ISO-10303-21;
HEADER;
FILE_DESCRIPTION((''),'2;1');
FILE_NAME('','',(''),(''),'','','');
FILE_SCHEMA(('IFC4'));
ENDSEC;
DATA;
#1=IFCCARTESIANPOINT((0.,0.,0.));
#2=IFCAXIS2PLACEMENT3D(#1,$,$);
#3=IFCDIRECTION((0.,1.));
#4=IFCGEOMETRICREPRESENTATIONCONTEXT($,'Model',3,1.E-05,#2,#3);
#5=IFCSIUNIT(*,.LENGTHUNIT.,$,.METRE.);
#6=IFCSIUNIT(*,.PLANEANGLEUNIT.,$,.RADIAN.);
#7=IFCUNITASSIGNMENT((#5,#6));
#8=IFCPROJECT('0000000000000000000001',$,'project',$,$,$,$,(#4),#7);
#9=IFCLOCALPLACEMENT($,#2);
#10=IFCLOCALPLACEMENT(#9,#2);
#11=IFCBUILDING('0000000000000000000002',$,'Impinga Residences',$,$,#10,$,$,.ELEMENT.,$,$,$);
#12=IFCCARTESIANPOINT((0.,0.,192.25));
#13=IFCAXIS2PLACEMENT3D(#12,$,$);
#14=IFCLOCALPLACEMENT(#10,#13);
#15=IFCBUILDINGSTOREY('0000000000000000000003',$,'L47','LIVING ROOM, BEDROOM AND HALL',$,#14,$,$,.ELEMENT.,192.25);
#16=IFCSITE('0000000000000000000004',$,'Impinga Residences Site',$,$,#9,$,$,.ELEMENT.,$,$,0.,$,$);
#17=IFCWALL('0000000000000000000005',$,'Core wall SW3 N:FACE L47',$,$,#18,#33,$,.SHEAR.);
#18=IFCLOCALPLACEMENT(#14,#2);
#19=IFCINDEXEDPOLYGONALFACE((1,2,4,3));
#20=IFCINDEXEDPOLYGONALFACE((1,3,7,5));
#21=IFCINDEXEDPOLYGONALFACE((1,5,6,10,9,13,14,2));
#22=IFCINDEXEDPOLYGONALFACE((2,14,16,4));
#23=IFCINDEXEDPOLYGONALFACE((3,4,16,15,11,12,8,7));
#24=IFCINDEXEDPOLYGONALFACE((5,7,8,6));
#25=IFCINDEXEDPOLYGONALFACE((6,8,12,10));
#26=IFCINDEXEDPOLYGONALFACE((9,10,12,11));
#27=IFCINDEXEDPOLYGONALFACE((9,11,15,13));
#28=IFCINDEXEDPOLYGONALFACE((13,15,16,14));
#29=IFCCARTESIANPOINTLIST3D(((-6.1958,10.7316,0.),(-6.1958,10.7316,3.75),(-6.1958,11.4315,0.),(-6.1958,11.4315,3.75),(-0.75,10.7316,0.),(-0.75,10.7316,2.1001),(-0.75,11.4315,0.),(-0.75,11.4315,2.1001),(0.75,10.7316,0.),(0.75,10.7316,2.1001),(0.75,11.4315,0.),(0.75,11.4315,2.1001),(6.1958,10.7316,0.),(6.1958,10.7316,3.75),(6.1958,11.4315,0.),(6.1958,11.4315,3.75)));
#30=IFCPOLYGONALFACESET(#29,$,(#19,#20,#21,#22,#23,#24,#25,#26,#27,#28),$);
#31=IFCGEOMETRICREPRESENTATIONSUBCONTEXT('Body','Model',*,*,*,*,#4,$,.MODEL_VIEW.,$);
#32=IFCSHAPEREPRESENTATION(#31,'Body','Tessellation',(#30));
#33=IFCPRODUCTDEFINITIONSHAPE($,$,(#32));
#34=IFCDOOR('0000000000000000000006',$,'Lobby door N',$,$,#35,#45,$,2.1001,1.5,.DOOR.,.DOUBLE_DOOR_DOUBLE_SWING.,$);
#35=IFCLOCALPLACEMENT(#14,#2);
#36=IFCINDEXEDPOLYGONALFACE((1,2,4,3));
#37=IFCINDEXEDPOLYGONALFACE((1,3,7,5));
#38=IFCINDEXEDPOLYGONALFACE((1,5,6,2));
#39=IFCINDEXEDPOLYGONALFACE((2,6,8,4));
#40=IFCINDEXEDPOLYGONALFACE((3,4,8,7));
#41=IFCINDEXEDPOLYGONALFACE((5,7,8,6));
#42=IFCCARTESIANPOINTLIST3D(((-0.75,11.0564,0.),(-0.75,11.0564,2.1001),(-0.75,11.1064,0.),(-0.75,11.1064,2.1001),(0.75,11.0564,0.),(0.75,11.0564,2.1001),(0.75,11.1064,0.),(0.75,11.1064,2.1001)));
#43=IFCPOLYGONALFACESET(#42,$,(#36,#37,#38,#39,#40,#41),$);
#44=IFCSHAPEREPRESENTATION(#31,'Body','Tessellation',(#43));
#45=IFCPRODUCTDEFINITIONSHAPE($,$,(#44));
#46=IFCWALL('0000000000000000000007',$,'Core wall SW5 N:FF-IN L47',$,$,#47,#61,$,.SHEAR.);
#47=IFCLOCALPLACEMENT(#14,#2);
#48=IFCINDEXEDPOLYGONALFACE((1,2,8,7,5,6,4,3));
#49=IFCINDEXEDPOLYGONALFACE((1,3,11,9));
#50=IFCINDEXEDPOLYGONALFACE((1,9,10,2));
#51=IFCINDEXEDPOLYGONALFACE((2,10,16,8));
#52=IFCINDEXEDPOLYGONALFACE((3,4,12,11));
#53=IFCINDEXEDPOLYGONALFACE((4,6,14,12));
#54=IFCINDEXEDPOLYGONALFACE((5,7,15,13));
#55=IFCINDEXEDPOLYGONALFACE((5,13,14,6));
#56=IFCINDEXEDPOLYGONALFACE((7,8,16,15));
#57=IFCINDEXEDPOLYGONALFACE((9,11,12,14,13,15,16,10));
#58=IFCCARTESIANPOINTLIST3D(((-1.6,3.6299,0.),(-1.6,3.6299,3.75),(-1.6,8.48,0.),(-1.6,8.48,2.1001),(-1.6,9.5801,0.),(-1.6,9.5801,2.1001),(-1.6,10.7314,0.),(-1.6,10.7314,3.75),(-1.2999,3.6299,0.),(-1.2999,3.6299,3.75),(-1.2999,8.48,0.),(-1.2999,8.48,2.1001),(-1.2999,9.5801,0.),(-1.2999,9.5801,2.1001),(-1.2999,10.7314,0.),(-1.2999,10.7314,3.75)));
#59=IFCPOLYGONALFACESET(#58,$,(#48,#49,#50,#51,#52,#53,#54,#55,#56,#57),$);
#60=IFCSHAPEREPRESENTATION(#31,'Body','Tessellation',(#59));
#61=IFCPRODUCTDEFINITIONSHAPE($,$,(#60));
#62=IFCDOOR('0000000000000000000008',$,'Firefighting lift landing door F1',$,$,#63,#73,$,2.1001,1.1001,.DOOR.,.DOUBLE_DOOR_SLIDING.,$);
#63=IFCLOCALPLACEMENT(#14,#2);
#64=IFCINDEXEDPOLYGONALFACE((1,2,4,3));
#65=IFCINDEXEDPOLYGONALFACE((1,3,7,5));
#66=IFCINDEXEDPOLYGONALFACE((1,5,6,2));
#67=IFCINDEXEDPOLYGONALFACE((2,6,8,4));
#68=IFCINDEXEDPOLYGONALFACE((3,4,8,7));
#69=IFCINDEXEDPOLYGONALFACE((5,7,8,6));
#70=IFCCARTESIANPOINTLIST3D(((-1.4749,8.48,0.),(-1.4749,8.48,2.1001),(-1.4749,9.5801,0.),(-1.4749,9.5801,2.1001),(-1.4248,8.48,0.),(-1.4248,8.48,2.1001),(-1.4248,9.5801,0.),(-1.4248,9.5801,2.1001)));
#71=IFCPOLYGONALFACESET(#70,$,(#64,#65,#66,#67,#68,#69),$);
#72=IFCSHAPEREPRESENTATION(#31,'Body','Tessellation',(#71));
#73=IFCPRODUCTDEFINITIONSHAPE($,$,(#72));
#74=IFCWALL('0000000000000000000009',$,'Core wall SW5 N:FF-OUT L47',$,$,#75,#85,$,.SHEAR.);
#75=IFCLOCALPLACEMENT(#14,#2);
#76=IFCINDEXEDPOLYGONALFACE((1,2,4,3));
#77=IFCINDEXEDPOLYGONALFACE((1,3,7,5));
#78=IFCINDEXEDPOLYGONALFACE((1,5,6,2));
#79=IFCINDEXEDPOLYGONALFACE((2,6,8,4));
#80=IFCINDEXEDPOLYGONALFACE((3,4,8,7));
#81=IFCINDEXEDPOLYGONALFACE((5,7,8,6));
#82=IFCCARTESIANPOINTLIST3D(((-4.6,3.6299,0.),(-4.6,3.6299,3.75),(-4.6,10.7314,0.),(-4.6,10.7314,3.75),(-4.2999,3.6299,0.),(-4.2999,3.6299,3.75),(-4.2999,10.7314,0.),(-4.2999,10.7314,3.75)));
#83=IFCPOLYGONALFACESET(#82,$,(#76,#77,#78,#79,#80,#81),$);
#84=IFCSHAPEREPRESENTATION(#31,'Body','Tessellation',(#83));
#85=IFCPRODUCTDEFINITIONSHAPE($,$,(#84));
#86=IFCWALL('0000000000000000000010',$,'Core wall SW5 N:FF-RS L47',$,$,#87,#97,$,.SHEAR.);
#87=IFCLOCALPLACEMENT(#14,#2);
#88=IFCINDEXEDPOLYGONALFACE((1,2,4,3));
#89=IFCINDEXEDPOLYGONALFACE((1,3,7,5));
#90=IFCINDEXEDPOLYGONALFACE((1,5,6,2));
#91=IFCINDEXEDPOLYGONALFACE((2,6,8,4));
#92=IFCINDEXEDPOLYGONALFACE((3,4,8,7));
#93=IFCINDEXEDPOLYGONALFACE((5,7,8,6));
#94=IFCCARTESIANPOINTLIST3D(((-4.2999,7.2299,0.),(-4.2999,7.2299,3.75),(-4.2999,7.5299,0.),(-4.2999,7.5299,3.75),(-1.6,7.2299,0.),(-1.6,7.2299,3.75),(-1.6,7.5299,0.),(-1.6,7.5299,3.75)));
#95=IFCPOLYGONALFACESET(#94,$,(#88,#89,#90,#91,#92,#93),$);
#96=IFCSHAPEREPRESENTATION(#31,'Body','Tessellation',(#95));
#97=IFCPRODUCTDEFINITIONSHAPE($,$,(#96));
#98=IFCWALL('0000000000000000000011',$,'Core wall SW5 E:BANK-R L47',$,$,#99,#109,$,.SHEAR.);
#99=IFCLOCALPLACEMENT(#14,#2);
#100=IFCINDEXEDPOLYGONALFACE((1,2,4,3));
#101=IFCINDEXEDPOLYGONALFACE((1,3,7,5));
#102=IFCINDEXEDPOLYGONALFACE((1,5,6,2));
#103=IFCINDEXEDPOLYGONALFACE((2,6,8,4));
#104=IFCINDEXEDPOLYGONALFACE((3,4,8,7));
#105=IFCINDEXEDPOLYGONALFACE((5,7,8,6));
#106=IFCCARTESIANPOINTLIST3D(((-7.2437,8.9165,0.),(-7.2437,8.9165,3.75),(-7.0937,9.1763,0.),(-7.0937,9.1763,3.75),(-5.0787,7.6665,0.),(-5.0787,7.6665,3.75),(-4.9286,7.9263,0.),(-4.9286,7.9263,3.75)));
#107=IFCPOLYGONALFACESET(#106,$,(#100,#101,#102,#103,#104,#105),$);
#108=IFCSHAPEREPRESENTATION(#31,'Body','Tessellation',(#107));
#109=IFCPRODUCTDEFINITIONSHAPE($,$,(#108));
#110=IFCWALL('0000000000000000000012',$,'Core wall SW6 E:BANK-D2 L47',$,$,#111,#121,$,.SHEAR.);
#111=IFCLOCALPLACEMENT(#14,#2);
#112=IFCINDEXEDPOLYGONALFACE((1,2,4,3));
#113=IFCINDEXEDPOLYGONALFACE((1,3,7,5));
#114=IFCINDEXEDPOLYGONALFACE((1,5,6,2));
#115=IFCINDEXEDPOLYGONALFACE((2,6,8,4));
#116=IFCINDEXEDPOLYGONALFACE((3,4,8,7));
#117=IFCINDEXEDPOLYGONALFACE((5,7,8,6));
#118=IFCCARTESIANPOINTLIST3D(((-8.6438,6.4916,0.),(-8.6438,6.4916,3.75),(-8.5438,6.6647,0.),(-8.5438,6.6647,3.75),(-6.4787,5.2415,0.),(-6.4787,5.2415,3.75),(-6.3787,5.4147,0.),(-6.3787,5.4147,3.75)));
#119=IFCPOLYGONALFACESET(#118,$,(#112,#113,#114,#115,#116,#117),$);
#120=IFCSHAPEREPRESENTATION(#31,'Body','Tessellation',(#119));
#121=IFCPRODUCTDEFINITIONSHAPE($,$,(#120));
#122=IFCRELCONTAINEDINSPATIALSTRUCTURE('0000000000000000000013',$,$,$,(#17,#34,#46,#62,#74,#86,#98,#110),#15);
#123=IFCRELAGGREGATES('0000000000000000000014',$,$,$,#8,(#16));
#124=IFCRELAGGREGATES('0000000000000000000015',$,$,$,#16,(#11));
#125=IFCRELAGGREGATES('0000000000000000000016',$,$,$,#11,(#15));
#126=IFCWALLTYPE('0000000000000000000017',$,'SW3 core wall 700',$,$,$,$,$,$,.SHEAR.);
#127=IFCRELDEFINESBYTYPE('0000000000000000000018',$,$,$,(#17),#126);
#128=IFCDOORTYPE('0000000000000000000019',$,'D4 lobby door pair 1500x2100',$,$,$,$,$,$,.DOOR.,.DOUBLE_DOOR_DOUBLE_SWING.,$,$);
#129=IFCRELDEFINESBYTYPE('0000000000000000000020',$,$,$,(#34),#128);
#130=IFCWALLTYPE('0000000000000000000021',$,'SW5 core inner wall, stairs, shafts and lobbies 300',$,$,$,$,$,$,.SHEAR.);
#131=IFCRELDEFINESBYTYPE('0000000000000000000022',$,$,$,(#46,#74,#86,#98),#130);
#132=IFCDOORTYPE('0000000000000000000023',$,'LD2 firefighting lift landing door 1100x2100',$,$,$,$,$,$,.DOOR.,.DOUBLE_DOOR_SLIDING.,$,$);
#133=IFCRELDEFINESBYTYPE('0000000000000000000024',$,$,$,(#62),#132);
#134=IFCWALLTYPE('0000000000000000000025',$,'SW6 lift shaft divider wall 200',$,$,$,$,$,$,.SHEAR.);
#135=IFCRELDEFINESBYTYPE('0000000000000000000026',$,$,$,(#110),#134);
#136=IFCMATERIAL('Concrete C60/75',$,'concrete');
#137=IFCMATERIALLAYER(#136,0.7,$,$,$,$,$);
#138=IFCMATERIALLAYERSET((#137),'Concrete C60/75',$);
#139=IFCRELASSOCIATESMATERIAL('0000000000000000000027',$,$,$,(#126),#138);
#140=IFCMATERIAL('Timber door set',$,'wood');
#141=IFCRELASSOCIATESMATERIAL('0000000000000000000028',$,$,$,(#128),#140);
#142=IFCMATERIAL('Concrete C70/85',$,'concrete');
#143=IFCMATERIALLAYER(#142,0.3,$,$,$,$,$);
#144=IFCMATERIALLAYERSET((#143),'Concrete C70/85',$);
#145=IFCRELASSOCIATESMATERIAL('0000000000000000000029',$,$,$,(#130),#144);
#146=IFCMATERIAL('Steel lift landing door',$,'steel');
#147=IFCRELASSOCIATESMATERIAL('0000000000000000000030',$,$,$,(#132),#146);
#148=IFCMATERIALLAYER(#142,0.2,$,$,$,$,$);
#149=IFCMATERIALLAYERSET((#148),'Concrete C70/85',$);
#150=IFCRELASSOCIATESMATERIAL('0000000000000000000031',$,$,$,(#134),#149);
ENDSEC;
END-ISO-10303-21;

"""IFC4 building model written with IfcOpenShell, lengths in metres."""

from ifc_helpers import new_model, si_unit, direction, frame, frame_2d, origin, place, context, subcontext, project, spatial, rectangle, extrude, material, layer, layer_set, type_object, element, fill, save


model = new_model("IFC4")

# Units and contexts
model_context = context("Model", 3, precision=1e-05, world=origin(), true_north=direction((0.0, 1.0)))
body_context = subcontext(model_context, "Body", "Model", "MODEL_VIEW")
ifc_project = project(units=[si_unit("LENGTHUNIT", "METRE"), si_unit("PLANEANGLEUNIT", "RADIAN")], contexts=[model_context])

# Site, building, storey
site_placement = place(None, origin())
site = spatial("IfcSite", under=ifc_project, at=site_placement, Name="Impinga Residences Site", CompositionType="ELEMENT", RefElevation=0.0)
building_placement = place(site_placement, origin())
building = spatial("IfcBuilding", under=site, at=building_placement, Name="Impinga Residences", CompositionType="ELEMENT")
storey_placement = place(building_placement, frame((0.0, 0.0, 192.25)))
storey = spatial("IfcBuildingStorey", under=building, at=storey_placement, Name="L47", Description="LIVING ROOM, BEDROOM AND HALL", CompositionType="ELEMENT", Elevation=192.25)

# Shared definitions
ifc_material_1 = material(Name="Concrete C60/75", Category="concrete")

# Shared definitions
ifc_material_2 = material(Name="Timber door set", Category="wood")

# Walls, openings, doors
ifc_layer_1 = layer(ifc_material_1, 0.7)
ifc_layer_set_1 = layer_set([ifc_layer_1], Name="Concrete C60/75")
wall_type_1 = type_object("IfcWallType", Name="SW3 core wall 700", PredefinedType="SHEAR", material=ifc_layer_set_1)
wall_1_placement = place(storey_placement, frame((-6.1958, 11.0815, 0.0), z_axis=(0.0, 0.0, 1.0), x_axis=(1.0, 0.0, 0.0)))
wall_1 = element("IfcWall", 1, at=wall_1_placement, inside=storey, type_object=wall_type_1, Name="Core wall SW3 N:FACE L47", PredefinedType="SHEAR", context=body_context, shape_type="SweptSolid", body=[
    extrude(rectangle(XDim=12.3916, YDim=0.7, at=frame_2d((6.1958, 0.0))), origin(), (0.0, 0.0, 1.0), 3.75),
])
opening_1_placement = place(wall_1_placement, frame((5.4458, 0.0, 0.0)))
opening_1 = element("IfcOpeningElement", 2, at=opening_1_placement, cuts=wall_1, PredefinedType="OPENING", context=body_context, shape_type="SweptSolid", body=[
    extrude(rectangle(XDim=1.5, YDim=2.1001, at=frame_2d((0.75, 1.05))), frame((0.0, 0.3599, 0.0), z_axis=(0.0, -1.0, 0.0), x_axis=(1.0, 0.0, 0.0)), (0.0, 0.0, 1.0), 0.72),
])
door_type_1 = type_object("IfcDoorType", Name="D4 lobby door pair 1500x2100", OperationType="DOUBLE_DOOR_DOUBLE_SWING", PredefinedType="DOOR", material=ifc_material_2)
door_1_placement = place(opening_1_placement, origin())
door_1 = element("IfcDoor", 3, at=door_1_placement, inside=storey, type_object=door_type_1, Name="Lobby door N", OperationType="DOUBLE_DOOR_DOUBLE_SWING", OverallHeight=2.1001, OverallWidth=1.5, PredefinedType="DOOR", context=body_context, shape_type="SweptSolid", body=[
    extrude(rectangle(XDim=1.5, YDim=2.1001, at=frame_2d((0.75, 1.05))), frame((0.0, 0.0249, 0.0), z_axis=(0.0, -1.0, 0.0), x_axis=(1.0, 0.0, 0.0)), (0.0, 0.0, 1.0), 0.05),
])
fill(opening_1, door_1)
ifc_material_3 = material(Name="Concrete C70/85", Category="concrete")
ifc_layer_2 = layer(ifc_material_3, 0.3)
ifc_layer_set_2 = layer_set([ifc_layer_2], Name="Concrete C70/85")
wall_type_2 = type_object("IfcWallType", Name="SW5 core inner wall, stairs, shafts and lobbies 300", PredefinedType="SHEAR", material=ifc_layer_set_2)
wall_2_placement = place(storey_placement, frame((-1.45, 3.6299, 0.0), z_axis=(0.0, 0.0, 1.0), x_axis=(0.0, 1.0, 0.0)))
wall_2 = element("IfcWall", 4, at=wall_2_placement, inside=storey, type_object=wall_type_2, Name="Core wall SW5 N:FF-IN L47", PredefinedType="SHEAR", context=body_context, shape_type="SweptSolid", body=[
    extrude(rectangle(XDim=7.1016, YDim=0.3, at=frame_2d((3.5508, 0.0))), origin(), (0.0, 0.0, 1.0), 3.75),
])
opening_2_placement = place(wall_2_placement, frame((4.8501, 0.0, 0.0)))
opening_2 = element("IfcOpeningElement", 5, at=opening_2_placement, cuts=wall_2, PredefinedType="OPENING", context=body_context, shape_type="SweptSolid", body=[
    extrude(rectangle(XDim=1.1001, YDim=2.1001, at=frame_2d((0.55, 1.05))), frame((0.0, 0.1599, 0.0), z_axis=(0.0, -1.0, 0.0), x_axis=(1.0, 0.0, 0.0)), (0.0, 0.0, 1.0), 0.3201),
])
ifc_material_4 = material(Name="Steel lift landing door", Category="steel")
door_type_2 = type_object("IfcDoorType", Name="LD2 firefighting lift landing door 1100x2100", OperationType="DOUBLE_DOOR_SLIDING", PredefinedType="DOOR", material=ifc_material_4)
door_2_placement = place(opening_2_placement, origin())
door_2 = element("IfcDoor", 6, at=door_2_placement, inside=storey, type_object=door_type_2, Name="Firefighting lift landing door F1", OperationType="DOUBLE_DOOR_SLIDING", OverallHeight=2.1001, OverallWidth=1.1001, PredefinedType="DOOR", context=body_context, shape_type="SweptSolid", body=[
    extrude(rectangle(XDim=1.1001, YDim=2.1001, at=frame_2d((0.55, 1.05))), frame((0.0, 0.0249, 0.0), z_axis=(0.0, -1.0, 0.0), x_axis=(1.0, 0.0, 0.0)), (0.0, 0.0, 1.0), 0.05),
])
fill(opening_2, door_2)

# Walls
wall_3_placement = place(storey_placement, frame((-4.45, 3.6299, 0.0), z_axis=(0.0, 0.0, 1.0), x_axis=(0.0, 1.0, 0.0)))
element("IfcWall", 7, at=wall_3_placement, inside=storey, type_object=wall_type_2, Name="Core wall SW5 N:FF-OUT L47", PredefinedType="SHEAR", context=body_context, shape_type="SweptSolid", body=[
    extrude(rectangle(XDim=7.1016, YDim=0.3, at=frame_2d((3.5508, 0.0))), origin(), (0.0, 0.0, 1.0), 3.75),
])
wall_4_placement = place(storey_placement, frame((-4.3, 7.3799, 0.0), z_axis=(0.0, 0.0, 1.0), x_axis=(1.0, 0.0, 0.0)))
element("IfcWall", 8, at=wall_4_placement, inside=storey, type_object=wall_type_2, Name="Core wall SW5 N:FF-RS L47", PredefinedType="SHEAR", context=body_context, shape_type="SweptSolid", body=[
    extrude(rectangle(XDim=2.7, YDim=0.3, at=frame_2d((1.3501, 0.0))), origin(), (0.0, 0.0, 1.0), 3.75),
])
wall_5_placement = place(storey_placement, frame((-5.0037, 7.7964, 0.0), z_axis=(0.0, 0.0, 1.0), x_axis=(-0.866023, 0.500004, 0.0)))
element("IfcWall", 9, at=wall_5_placement, inside=storey, type_object=wall_type_2, Name="Core wall SW5 E:BANK-R L47", PredefinedType="SHEAR", context=body_context, shape_type="SweptSolid", body=[
    extrude(rectangle(XDim=2.5, YDim=0.3, at=frame_2d((1.25, 0.0))), origin(), (0.0, 0.0, 1.0), 3.75),
])
ifc_layer_3 = layer(ifc_material_3, 0.2)
ifc_layer_set_3 = layer_set([ifc_layer_3], Name="Concrete C70/85")
wall_type_3 = type_object("IfcWallType", Name="SW6 lift shaft divider wall 200", PredefinedType="SHEAR", material=ifc_layer_set_3)
wall_6_placement = place(storey_placement, frame((-6.4287, 5.3281, 0.0), z_axis=(0.0, 0.0, 1.0), x_axis=(-0.866023, 0.500004, 0.0)))
element("IfcWall", 10, at=wall_6_placement, inside=storey, type_object=wall_type_3, Name="Core wall SW6 E:BANK-D2 L47", PredefinedType="SHEAR", context=body_context, shape_type="SweptSolid", body=[
    extrude(rectangle(XDim=2.5, YDim=0.2, at=frame_2d((1.25, 0.0))), origin(), (0.0, 0.0, 1.0), 3.75),
])

save(model, "model.ifc")
